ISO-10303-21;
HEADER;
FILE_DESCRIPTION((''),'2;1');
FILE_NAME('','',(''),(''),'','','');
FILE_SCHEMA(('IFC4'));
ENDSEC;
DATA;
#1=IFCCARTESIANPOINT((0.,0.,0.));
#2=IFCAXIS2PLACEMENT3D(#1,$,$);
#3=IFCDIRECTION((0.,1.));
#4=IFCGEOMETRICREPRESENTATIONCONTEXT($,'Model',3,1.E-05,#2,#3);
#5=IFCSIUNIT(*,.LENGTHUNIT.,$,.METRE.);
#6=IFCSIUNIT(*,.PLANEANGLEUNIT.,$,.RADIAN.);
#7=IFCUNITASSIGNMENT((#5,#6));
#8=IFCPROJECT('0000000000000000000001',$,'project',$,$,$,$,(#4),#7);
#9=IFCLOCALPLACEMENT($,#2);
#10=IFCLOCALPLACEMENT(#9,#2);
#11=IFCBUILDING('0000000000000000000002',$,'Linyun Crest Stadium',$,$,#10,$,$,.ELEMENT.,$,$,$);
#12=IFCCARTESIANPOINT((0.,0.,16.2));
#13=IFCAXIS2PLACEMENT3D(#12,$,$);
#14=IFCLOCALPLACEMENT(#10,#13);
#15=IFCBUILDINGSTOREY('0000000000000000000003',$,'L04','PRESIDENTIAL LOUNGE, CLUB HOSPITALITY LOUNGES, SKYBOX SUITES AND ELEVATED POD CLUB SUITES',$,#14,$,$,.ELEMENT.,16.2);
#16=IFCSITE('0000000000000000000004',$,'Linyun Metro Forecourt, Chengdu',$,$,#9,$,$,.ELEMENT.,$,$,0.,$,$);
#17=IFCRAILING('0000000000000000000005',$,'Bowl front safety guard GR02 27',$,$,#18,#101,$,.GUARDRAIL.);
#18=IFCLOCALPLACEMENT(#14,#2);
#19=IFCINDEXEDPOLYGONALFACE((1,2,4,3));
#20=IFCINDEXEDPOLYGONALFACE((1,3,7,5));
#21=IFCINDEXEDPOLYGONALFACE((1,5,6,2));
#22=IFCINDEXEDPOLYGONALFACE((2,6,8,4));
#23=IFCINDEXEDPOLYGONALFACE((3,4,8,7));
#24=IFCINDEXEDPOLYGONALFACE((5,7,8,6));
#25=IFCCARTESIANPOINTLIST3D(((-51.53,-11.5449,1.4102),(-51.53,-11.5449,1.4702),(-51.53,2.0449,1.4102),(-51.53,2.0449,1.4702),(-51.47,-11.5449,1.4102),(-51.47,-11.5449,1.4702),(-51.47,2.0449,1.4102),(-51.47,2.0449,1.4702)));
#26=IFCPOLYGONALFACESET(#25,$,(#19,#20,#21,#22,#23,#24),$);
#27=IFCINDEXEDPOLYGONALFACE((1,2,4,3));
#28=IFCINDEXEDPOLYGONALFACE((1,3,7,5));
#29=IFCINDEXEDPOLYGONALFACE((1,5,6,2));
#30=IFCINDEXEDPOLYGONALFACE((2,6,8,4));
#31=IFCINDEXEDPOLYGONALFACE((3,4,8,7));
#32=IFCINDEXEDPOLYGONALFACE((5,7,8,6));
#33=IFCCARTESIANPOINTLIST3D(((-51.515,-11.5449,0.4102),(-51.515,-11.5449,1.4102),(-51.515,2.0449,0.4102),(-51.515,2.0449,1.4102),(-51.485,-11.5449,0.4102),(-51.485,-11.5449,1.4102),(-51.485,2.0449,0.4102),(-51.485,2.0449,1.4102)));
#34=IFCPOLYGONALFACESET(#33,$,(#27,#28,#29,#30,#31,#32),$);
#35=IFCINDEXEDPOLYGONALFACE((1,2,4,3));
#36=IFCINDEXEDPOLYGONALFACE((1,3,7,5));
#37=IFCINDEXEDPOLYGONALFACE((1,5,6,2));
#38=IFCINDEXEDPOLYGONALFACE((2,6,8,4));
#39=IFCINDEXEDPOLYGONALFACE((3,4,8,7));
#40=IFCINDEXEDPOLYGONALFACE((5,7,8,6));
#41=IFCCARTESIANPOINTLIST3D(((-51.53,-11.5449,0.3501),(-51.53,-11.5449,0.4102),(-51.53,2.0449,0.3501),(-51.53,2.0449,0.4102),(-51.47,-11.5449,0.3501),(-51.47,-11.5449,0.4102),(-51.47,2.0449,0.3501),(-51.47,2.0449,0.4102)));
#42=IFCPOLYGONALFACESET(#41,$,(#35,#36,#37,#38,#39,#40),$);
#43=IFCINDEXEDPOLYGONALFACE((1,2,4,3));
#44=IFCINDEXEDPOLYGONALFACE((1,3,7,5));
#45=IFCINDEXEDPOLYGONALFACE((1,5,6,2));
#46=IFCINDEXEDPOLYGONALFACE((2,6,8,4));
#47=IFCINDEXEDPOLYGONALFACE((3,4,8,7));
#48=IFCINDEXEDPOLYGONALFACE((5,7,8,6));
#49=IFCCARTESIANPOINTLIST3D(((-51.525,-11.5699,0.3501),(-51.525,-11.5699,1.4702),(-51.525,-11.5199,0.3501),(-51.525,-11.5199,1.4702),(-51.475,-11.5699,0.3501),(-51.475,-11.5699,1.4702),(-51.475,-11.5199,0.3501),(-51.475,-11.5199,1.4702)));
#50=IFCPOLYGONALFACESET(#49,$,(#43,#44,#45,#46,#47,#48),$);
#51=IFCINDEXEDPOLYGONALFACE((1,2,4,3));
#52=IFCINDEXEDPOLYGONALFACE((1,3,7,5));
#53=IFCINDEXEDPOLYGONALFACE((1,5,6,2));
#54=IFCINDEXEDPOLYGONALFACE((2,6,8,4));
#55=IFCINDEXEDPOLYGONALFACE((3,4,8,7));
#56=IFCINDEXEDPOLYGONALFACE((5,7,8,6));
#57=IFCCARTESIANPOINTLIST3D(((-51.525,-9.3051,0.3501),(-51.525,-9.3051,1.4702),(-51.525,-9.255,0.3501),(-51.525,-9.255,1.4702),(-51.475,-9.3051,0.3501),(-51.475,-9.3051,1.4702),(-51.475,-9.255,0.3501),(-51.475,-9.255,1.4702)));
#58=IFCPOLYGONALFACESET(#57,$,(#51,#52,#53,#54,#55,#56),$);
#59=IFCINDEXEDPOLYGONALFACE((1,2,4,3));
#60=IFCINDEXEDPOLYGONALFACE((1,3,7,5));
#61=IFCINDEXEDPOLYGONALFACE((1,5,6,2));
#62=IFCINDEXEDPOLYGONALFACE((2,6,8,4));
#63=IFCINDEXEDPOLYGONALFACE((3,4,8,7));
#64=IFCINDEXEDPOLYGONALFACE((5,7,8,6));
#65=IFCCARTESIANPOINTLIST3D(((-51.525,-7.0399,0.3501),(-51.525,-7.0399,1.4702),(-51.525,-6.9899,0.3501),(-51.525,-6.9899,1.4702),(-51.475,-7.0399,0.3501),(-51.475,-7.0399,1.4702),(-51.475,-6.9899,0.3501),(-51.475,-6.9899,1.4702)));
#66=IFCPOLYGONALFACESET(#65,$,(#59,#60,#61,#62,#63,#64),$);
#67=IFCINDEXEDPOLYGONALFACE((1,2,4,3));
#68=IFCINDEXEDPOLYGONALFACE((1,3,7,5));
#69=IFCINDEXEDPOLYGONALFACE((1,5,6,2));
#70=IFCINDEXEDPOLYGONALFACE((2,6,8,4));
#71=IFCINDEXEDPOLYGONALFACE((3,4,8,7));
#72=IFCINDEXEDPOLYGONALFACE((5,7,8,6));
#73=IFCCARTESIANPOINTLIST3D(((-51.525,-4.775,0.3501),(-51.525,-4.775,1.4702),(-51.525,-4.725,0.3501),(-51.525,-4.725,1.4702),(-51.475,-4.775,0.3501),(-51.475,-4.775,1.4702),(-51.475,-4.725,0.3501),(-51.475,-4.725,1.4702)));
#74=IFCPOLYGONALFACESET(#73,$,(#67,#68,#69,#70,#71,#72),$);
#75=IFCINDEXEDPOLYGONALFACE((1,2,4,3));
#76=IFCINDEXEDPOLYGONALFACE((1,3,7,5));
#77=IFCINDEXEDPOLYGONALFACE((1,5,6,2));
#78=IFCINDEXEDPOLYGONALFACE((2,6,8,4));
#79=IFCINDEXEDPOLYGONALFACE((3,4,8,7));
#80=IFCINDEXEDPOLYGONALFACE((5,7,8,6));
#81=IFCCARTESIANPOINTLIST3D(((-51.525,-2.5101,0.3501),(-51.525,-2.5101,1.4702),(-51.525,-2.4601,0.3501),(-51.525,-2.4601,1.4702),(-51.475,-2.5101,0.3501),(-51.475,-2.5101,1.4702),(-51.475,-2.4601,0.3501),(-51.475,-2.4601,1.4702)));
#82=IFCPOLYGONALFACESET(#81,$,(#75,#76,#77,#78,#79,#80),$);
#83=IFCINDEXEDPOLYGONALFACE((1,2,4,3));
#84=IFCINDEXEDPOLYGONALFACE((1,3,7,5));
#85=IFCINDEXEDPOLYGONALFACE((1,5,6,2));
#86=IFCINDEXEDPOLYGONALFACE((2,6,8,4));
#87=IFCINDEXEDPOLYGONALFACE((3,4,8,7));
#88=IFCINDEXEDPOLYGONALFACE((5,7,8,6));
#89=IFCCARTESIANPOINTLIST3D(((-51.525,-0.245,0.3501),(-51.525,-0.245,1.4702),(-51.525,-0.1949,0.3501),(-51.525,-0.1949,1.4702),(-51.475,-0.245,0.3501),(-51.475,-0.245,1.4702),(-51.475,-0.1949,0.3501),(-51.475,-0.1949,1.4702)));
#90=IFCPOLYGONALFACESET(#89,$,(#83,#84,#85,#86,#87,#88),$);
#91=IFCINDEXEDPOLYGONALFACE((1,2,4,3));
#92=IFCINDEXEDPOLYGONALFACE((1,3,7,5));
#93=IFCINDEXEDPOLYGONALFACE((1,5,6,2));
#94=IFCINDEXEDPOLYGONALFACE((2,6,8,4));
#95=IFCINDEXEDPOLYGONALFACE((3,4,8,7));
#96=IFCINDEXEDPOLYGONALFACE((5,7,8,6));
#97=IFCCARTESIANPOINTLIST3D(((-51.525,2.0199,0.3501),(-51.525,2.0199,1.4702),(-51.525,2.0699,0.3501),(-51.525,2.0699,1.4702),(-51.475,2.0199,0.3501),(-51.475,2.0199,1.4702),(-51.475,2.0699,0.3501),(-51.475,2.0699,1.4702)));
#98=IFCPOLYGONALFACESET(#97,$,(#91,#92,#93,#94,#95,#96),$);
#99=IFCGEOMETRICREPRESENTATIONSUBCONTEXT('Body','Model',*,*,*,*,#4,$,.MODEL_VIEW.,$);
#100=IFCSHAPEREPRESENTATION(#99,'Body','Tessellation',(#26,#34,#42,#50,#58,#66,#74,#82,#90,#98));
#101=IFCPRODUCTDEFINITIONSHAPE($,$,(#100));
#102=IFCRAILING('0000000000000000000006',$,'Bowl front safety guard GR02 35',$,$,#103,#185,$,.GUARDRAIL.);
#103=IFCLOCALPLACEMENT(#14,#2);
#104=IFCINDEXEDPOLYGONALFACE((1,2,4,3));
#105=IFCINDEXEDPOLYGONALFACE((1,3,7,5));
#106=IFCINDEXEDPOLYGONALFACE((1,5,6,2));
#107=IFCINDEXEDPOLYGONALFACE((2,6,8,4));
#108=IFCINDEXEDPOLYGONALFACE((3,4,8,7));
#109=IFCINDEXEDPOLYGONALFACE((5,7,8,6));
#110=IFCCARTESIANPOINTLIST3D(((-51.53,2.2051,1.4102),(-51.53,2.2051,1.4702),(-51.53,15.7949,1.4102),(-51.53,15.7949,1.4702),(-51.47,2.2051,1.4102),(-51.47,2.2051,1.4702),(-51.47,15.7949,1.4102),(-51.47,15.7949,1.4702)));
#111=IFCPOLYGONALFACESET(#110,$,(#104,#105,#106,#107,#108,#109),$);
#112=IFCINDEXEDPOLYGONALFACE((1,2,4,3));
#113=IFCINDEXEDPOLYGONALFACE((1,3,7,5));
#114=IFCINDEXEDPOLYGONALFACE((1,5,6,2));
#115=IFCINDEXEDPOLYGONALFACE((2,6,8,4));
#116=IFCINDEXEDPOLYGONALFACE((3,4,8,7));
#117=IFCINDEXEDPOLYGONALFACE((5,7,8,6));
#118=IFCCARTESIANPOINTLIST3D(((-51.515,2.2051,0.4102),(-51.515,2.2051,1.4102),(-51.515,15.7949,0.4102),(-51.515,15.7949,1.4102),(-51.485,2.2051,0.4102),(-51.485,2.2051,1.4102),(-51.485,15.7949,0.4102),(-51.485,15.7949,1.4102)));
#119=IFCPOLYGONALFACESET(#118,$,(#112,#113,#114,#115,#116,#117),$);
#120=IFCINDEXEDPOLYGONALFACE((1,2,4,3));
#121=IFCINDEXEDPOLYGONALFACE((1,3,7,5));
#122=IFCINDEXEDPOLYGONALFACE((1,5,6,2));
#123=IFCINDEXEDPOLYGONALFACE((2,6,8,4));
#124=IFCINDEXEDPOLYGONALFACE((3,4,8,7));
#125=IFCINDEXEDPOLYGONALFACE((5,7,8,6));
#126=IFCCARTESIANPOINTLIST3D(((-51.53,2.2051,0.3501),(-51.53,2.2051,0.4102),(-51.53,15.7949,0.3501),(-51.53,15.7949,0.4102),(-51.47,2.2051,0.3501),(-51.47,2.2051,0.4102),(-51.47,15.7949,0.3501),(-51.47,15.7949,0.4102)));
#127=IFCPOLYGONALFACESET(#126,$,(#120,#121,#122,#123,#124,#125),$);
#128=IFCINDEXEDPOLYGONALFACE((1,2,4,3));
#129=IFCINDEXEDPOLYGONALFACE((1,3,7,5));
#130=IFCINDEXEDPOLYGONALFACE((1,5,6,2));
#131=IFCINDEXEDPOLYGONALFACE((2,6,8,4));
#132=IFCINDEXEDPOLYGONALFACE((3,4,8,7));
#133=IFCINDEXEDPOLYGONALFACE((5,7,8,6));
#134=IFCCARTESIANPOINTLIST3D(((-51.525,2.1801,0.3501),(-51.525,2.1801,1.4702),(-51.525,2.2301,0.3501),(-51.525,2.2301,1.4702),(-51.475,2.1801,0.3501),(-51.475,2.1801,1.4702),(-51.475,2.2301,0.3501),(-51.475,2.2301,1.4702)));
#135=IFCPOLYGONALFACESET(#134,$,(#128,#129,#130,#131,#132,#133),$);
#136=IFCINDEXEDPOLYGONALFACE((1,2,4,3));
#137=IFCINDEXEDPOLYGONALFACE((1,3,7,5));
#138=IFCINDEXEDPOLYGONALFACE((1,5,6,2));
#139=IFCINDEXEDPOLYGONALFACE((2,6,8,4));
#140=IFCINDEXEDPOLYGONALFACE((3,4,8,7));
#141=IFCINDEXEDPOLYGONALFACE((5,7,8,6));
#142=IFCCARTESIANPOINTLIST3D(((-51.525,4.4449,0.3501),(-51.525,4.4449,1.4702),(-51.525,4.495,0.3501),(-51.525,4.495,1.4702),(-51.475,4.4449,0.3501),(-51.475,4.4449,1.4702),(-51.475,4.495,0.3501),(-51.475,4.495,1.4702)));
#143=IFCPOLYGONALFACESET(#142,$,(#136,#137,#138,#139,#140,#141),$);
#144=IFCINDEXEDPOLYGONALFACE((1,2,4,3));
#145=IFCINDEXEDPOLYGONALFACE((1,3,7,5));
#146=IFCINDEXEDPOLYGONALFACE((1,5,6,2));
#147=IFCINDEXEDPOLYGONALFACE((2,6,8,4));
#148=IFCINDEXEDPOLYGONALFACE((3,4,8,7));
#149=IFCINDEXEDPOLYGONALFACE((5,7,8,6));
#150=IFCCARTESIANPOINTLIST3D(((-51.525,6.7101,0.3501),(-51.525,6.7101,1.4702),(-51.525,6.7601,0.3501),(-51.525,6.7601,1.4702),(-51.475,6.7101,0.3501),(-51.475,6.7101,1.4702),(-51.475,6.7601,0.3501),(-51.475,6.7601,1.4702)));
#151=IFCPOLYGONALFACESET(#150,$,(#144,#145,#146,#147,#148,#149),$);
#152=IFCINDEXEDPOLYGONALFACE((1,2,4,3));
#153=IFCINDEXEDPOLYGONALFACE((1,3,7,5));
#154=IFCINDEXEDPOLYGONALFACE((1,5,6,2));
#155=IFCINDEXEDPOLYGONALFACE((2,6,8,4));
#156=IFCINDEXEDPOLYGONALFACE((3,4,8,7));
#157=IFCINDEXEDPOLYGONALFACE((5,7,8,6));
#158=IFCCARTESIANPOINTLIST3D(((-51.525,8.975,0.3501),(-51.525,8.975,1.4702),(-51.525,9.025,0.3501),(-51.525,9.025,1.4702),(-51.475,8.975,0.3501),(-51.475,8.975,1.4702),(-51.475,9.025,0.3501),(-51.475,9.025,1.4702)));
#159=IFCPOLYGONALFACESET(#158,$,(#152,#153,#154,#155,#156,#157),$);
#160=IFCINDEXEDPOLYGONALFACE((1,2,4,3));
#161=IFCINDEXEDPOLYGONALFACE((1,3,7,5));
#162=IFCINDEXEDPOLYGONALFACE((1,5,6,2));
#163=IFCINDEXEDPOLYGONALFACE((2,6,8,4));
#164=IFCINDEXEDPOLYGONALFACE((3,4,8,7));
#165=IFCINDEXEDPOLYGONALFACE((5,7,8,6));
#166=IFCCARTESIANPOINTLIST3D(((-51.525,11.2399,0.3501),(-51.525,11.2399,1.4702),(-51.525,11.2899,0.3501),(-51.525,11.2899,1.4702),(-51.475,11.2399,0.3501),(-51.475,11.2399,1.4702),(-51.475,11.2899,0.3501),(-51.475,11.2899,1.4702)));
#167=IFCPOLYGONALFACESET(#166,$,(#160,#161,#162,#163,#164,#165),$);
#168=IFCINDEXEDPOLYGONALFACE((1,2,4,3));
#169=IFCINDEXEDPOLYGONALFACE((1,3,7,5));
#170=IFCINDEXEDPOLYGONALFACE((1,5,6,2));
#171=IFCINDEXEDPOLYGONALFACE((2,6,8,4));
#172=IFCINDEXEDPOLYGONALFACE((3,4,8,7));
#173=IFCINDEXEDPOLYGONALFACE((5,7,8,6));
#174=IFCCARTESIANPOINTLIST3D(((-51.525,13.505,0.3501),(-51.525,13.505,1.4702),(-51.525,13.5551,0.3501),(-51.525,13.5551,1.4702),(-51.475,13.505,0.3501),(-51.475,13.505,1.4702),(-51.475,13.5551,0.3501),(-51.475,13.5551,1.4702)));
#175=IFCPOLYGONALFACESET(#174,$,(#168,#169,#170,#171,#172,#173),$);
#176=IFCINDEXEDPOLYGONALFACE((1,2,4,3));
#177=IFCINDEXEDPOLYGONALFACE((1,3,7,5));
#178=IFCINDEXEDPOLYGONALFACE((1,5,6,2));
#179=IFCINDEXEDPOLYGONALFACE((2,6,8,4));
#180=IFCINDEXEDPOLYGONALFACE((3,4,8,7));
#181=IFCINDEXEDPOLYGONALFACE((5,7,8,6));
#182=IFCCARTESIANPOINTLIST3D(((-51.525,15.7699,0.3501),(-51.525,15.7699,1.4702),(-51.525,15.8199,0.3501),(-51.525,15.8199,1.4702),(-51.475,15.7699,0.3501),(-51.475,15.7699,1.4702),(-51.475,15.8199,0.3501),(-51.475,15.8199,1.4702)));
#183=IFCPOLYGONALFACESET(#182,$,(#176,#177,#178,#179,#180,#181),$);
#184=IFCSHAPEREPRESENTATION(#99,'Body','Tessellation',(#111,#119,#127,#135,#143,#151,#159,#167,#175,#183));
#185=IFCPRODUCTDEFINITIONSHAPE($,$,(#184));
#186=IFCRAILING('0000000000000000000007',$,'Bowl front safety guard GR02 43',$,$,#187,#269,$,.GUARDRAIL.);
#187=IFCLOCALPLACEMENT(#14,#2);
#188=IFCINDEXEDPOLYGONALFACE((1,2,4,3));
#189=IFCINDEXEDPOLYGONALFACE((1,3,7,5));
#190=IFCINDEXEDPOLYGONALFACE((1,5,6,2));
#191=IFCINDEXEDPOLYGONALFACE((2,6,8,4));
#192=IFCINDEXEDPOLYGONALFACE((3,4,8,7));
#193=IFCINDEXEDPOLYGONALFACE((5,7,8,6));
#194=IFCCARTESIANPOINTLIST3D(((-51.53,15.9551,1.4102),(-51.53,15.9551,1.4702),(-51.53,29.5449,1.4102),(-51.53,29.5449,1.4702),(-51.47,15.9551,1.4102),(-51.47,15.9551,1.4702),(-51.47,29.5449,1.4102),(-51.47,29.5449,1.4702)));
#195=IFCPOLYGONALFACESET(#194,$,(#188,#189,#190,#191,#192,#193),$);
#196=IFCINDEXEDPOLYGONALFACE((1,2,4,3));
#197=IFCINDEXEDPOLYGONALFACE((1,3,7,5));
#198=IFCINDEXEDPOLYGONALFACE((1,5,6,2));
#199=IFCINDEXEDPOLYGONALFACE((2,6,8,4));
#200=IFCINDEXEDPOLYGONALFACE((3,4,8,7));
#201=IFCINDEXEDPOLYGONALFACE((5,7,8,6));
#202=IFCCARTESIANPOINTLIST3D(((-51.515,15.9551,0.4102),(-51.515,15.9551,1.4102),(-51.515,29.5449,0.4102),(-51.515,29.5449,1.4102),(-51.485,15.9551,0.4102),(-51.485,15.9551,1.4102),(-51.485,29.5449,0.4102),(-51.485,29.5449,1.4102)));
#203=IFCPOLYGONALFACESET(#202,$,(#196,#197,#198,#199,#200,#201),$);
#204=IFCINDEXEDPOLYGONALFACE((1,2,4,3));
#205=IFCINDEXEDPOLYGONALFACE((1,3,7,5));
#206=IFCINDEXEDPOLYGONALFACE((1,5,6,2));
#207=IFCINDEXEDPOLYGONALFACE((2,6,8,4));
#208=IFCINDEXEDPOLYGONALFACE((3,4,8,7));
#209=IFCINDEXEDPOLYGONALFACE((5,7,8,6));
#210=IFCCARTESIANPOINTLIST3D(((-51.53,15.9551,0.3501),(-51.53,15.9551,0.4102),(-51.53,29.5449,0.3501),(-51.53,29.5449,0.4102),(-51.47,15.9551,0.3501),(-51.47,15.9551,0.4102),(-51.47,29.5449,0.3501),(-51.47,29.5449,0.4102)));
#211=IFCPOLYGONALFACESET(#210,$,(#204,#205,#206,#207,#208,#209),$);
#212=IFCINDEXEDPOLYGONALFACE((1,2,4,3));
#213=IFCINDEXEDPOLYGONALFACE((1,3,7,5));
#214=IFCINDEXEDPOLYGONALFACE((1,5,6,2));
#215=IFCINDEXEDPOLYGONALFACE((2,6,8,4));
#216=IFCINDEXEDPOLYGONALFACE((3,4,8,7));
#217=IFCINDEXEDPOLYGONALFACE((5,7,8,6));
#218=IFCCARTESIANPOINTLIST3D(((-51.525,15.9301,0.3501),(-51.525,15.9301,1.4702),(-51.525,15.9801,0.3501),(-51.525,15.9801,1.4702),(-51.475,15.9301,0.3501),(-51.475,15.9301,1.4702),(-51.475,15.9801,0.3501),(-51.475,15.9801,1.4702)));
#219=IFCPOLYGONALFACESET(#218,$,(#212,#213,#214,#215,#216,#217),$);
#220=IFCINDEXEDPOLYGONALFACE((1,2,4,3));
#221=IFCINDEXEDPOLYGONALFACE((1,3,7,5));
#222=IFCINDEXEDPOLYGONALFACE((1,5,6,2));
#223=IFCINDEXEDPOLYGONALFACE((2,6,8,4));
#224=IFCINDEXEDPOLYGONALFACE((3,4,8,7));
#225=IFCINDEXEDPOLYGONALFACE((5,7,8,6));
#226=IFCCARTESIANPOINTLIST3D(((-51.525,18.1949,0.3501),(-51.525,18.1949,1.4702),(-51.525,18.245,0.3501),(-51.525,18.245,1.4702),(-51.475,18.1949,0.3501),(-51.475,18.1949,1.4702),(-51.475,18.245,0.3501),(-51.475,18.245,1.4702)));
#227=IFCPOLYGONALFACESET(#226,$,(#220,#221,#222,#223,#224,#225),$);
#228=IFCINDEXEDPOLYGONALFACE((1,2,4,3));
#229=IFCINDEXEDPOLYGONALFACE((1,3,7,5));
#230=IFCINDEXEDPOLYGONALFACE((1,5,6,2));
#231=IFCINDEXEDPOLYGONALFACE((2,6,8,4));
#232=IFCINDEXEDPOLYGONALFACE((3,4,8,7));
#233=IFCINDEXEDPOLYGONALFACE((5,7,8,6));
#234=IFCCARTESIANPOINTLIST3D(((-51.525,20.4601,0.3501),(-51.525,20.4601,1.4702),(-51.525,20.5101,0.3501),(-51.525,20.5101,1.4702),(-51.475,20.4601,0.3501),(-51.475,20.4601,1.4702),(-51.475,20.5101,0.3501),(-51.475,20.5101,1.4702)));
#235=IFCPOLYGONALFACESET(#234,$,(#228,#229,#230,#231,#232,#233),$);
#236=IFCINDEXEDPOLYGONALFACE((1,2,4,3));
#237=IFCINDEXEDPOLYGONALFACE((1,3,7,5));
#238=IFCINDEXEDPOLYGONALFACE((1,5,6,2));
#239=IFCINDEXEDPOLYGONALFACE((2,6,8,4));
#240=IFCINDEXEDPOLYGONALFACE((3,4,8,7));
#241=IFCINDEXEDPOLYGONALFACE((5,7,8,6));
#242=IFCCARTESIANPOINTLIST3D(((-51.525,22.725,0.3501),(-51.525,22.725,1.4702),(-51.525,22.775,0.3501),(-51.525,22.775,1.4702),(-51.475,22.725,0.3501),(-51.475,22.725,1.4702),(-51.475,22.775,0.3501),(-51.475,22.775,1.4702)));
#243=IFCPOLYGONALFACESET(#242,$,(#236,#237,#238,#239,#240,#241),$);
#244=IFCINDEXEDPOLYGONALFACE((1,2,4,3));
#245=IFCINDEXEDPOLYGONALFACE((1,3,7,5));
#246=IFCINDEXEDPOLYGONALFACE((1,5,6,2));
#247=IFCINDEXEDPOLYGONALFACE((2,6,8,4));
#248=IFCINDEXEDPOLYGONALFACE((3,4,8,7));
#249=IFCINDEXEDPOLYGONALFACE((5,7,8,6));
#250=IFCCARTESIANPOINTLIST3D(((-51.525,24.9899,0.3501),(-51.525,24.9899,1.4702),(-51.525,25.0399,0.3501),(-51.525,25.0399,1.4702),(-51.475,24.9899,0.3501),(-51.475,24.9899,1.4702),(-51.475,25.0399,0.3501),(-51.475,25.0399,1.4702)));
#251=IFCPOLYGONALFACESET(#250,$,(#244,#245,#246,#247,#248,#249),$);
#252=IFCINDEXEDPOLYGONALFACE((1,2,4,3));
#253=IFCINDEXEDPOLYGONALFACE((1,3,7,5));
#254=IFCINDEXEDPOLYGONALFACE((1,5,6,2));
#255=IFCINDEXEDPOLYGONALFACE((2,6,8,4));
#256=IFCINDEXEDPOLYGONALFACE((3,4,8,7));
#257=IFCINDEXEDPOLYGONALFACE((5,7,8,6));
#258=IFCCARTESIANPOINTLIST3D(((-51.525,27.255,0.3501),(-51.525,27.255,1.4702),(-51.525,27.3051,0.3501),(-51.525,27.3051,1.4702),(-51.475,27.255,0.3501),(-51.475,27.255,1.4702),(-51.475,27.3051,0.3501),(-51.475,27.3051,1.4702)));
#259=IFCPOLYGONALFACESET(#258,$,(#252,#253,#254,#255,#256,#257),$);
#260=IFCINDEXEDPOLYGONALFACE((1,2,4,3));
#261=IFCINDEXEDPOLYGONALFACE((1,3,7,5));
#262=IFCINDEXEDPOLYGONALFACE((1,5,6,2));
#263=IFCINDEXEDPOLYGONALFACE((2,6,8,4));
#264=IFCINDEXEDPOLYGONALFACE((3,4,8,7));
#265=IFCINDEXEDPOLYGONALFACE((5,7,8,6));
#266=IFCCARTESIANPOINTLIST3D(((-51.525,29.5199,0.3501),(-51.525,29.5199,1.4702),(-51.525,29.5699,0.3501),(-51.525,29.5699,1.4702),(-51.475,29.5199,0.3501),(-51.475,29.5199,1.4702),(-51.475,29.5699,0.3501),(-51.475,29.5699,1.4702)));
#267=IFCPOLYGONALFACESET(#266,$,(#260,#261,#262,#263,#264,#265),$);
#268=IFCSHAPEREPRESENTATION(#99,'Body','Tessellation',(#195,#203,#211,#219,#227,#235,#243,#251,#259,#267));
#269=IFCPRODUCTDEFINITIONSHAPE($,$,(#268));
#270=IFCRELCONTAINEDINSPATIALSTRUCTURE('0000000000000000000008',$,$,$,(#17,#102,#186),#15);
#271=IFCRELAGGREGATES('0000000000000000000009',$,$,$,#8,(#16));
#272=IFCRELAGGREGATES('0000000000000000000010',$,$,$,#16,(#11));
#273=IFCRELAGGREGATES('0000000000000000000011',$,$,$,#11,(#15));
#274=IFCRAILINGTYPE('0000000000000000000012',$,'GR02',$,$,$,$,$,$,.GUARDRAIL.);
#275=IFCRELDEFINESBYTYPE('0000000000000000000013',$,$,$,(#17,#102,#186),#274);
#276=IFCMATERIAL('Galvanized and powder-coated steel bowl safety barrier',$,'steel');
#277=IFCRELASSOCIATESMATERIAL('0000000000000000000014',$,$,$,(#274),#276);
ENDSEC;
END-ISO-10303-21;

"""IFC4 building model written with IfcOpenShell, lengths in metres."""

from ifc_helpers import new_model, si_unit, direction, frame, origin, origin_2d, place, context, subcontext, project, spatial, rectangle, extrude, material, type_object, element, save


model = new_model("IFC4")

# Units and contexts
model_context = context("Model", 3, precision=1e-05, world=origin(), true_north=direction((0.0, 1.0)))
body_context = subcontext(model_context, "Body", "Model", "MODEL_VIEW")
ifc_project = project(units=[si_unit("LENGTHUNIT", "METRE"), si_unit("PLANEANGLEUNIT", "RADIAN")], contexts=[model_context])

# Site, building, storey
site_placement = place(None, origin())
site = spatial("IfcSite", under=ifc_project, at=site_placement, Name="Linyun Metro Forecourt, Chengdu", CompositionType="ELEMENT", RefElevation=0.0)
building_placement = place(site_placement, origin())
building = spatial("IfcBuilding", under=site, at=building_placement, Name="Linyun Crest Stadium", CompositionType="ELEMENT")
storey_placement = place(building_placement, frame((0.0, 0.0, 16.2)))
storey = spatial("IfcBuildingStorey", under=building, at=storey_placement, Name="L04", Description="PRESIDENTIAL LOUNGE, CLUB HOSPITALITY LOUNGES, SKYBOX SUITES AND ELEVATED POD CLUB SUITES", CompositionType="ELEMENT", Elevation=16.2)

# Railings
ifc_material_1 = material(Name="Galvanized and powder-coated steel bowl safety barrier", Category="steel")
railing_type = type_object("IfcRailingType", Name="GR02", PredefinedType="GUARDRAIL", material=ifc_material_1)
for number, where, name in (
    (1, (-51.5, -11.5449, 0.3501), "Bowl front safety guard GR02 27"),
    (2, (-51.5, 2.2051, 0.3501), "Bowl front safety guard GR02 35"),
    (3, (-51.5, 15.9551, 0.3501), "Bowl front safety guard GR02 43"),
):
    element("IfcRailing", number, at=place(storey_placement, frame(where)), inside=storey, type_object=railing_type, Name=name, PredefinedType="GUARDRAIL", context=body_context, shape_type="SweptSolid", body=[
        extrude(rectangle(XDim=0.0601, YDim=0.0601, at=origin_2d()), frame((0.0, 0.0, 1.0901), z_axis=(0.0, 1.0, 0.0), x_axis=(-1.0, 0.0, 0.0)), (0.0, 0.0, 1.0), 13.5898),
        extrude(rectangle(XDim=0.03, YDim=1.0, at=origin_2d()), frame((0.0, 0.0, 0.5601), z_axis=(0.0, 1.0, 0.0), x_axis=(-1.0, 0.0, 0.0)), (0.0, 0.0, 1.0), 13.5898),
        extrude(rectangle(XDim=0.0601, YDim=0.0601, at=origin_2d()), frame((0.0, 0.0, 0.03), z_axis=(0.0, 1.0, 0.0), x_axis=(-1.0, 0.0, 0.0)), (0.0, 0.0, 1.0), 13.5898),
        extrude(rectangle(XDim=0.05, YDim=0.05, at=origin_2d()), origin(), (0.0, 0.0, 1.0), 1.1201),
        extrude(rectangle(XDim=0.05, YDim=0.05, at=origin_2d()), frame((0.0, 2.2649, 0.0)), (0.0, 0.0, 1.0), 1.1201),
        extrude(rectangle(XDim=0.05, YDim=0.05, at=origin_2d()), frame((0.0, 4.53, 0.0)), (0.0, 0.0, 1.0), 1.1201),
        extrude(rectangle(XDim=0.05, YDim=0.05, at=origin_2d()), frame((0.0, 6.7949, 0.0)), (0.0, 0.0, 1.0), 1.1201),
        extrude(rectangle(XDim=0.05, YDim=0.05, at=origin_2d()), frame((0.0, 9.0598, 0.0)), (0.0, 0.0, 1.0), 1.1201),
        extrude(rectangle(XDim=0.05, YDim=0.05, at=origin_2d()), frame((0.0, 11.325, 0.0)), (0.0, 0.0, 1.0), 1.1201),
        extrude(rectangle(XDim=0.05, YDim=0.05, at=origin_2d()), frame((0.0, 13.5898, 0.0)), (0.0, 0.0, 1.0), 1.1201),
    ])

save(model, "model.ifc")
